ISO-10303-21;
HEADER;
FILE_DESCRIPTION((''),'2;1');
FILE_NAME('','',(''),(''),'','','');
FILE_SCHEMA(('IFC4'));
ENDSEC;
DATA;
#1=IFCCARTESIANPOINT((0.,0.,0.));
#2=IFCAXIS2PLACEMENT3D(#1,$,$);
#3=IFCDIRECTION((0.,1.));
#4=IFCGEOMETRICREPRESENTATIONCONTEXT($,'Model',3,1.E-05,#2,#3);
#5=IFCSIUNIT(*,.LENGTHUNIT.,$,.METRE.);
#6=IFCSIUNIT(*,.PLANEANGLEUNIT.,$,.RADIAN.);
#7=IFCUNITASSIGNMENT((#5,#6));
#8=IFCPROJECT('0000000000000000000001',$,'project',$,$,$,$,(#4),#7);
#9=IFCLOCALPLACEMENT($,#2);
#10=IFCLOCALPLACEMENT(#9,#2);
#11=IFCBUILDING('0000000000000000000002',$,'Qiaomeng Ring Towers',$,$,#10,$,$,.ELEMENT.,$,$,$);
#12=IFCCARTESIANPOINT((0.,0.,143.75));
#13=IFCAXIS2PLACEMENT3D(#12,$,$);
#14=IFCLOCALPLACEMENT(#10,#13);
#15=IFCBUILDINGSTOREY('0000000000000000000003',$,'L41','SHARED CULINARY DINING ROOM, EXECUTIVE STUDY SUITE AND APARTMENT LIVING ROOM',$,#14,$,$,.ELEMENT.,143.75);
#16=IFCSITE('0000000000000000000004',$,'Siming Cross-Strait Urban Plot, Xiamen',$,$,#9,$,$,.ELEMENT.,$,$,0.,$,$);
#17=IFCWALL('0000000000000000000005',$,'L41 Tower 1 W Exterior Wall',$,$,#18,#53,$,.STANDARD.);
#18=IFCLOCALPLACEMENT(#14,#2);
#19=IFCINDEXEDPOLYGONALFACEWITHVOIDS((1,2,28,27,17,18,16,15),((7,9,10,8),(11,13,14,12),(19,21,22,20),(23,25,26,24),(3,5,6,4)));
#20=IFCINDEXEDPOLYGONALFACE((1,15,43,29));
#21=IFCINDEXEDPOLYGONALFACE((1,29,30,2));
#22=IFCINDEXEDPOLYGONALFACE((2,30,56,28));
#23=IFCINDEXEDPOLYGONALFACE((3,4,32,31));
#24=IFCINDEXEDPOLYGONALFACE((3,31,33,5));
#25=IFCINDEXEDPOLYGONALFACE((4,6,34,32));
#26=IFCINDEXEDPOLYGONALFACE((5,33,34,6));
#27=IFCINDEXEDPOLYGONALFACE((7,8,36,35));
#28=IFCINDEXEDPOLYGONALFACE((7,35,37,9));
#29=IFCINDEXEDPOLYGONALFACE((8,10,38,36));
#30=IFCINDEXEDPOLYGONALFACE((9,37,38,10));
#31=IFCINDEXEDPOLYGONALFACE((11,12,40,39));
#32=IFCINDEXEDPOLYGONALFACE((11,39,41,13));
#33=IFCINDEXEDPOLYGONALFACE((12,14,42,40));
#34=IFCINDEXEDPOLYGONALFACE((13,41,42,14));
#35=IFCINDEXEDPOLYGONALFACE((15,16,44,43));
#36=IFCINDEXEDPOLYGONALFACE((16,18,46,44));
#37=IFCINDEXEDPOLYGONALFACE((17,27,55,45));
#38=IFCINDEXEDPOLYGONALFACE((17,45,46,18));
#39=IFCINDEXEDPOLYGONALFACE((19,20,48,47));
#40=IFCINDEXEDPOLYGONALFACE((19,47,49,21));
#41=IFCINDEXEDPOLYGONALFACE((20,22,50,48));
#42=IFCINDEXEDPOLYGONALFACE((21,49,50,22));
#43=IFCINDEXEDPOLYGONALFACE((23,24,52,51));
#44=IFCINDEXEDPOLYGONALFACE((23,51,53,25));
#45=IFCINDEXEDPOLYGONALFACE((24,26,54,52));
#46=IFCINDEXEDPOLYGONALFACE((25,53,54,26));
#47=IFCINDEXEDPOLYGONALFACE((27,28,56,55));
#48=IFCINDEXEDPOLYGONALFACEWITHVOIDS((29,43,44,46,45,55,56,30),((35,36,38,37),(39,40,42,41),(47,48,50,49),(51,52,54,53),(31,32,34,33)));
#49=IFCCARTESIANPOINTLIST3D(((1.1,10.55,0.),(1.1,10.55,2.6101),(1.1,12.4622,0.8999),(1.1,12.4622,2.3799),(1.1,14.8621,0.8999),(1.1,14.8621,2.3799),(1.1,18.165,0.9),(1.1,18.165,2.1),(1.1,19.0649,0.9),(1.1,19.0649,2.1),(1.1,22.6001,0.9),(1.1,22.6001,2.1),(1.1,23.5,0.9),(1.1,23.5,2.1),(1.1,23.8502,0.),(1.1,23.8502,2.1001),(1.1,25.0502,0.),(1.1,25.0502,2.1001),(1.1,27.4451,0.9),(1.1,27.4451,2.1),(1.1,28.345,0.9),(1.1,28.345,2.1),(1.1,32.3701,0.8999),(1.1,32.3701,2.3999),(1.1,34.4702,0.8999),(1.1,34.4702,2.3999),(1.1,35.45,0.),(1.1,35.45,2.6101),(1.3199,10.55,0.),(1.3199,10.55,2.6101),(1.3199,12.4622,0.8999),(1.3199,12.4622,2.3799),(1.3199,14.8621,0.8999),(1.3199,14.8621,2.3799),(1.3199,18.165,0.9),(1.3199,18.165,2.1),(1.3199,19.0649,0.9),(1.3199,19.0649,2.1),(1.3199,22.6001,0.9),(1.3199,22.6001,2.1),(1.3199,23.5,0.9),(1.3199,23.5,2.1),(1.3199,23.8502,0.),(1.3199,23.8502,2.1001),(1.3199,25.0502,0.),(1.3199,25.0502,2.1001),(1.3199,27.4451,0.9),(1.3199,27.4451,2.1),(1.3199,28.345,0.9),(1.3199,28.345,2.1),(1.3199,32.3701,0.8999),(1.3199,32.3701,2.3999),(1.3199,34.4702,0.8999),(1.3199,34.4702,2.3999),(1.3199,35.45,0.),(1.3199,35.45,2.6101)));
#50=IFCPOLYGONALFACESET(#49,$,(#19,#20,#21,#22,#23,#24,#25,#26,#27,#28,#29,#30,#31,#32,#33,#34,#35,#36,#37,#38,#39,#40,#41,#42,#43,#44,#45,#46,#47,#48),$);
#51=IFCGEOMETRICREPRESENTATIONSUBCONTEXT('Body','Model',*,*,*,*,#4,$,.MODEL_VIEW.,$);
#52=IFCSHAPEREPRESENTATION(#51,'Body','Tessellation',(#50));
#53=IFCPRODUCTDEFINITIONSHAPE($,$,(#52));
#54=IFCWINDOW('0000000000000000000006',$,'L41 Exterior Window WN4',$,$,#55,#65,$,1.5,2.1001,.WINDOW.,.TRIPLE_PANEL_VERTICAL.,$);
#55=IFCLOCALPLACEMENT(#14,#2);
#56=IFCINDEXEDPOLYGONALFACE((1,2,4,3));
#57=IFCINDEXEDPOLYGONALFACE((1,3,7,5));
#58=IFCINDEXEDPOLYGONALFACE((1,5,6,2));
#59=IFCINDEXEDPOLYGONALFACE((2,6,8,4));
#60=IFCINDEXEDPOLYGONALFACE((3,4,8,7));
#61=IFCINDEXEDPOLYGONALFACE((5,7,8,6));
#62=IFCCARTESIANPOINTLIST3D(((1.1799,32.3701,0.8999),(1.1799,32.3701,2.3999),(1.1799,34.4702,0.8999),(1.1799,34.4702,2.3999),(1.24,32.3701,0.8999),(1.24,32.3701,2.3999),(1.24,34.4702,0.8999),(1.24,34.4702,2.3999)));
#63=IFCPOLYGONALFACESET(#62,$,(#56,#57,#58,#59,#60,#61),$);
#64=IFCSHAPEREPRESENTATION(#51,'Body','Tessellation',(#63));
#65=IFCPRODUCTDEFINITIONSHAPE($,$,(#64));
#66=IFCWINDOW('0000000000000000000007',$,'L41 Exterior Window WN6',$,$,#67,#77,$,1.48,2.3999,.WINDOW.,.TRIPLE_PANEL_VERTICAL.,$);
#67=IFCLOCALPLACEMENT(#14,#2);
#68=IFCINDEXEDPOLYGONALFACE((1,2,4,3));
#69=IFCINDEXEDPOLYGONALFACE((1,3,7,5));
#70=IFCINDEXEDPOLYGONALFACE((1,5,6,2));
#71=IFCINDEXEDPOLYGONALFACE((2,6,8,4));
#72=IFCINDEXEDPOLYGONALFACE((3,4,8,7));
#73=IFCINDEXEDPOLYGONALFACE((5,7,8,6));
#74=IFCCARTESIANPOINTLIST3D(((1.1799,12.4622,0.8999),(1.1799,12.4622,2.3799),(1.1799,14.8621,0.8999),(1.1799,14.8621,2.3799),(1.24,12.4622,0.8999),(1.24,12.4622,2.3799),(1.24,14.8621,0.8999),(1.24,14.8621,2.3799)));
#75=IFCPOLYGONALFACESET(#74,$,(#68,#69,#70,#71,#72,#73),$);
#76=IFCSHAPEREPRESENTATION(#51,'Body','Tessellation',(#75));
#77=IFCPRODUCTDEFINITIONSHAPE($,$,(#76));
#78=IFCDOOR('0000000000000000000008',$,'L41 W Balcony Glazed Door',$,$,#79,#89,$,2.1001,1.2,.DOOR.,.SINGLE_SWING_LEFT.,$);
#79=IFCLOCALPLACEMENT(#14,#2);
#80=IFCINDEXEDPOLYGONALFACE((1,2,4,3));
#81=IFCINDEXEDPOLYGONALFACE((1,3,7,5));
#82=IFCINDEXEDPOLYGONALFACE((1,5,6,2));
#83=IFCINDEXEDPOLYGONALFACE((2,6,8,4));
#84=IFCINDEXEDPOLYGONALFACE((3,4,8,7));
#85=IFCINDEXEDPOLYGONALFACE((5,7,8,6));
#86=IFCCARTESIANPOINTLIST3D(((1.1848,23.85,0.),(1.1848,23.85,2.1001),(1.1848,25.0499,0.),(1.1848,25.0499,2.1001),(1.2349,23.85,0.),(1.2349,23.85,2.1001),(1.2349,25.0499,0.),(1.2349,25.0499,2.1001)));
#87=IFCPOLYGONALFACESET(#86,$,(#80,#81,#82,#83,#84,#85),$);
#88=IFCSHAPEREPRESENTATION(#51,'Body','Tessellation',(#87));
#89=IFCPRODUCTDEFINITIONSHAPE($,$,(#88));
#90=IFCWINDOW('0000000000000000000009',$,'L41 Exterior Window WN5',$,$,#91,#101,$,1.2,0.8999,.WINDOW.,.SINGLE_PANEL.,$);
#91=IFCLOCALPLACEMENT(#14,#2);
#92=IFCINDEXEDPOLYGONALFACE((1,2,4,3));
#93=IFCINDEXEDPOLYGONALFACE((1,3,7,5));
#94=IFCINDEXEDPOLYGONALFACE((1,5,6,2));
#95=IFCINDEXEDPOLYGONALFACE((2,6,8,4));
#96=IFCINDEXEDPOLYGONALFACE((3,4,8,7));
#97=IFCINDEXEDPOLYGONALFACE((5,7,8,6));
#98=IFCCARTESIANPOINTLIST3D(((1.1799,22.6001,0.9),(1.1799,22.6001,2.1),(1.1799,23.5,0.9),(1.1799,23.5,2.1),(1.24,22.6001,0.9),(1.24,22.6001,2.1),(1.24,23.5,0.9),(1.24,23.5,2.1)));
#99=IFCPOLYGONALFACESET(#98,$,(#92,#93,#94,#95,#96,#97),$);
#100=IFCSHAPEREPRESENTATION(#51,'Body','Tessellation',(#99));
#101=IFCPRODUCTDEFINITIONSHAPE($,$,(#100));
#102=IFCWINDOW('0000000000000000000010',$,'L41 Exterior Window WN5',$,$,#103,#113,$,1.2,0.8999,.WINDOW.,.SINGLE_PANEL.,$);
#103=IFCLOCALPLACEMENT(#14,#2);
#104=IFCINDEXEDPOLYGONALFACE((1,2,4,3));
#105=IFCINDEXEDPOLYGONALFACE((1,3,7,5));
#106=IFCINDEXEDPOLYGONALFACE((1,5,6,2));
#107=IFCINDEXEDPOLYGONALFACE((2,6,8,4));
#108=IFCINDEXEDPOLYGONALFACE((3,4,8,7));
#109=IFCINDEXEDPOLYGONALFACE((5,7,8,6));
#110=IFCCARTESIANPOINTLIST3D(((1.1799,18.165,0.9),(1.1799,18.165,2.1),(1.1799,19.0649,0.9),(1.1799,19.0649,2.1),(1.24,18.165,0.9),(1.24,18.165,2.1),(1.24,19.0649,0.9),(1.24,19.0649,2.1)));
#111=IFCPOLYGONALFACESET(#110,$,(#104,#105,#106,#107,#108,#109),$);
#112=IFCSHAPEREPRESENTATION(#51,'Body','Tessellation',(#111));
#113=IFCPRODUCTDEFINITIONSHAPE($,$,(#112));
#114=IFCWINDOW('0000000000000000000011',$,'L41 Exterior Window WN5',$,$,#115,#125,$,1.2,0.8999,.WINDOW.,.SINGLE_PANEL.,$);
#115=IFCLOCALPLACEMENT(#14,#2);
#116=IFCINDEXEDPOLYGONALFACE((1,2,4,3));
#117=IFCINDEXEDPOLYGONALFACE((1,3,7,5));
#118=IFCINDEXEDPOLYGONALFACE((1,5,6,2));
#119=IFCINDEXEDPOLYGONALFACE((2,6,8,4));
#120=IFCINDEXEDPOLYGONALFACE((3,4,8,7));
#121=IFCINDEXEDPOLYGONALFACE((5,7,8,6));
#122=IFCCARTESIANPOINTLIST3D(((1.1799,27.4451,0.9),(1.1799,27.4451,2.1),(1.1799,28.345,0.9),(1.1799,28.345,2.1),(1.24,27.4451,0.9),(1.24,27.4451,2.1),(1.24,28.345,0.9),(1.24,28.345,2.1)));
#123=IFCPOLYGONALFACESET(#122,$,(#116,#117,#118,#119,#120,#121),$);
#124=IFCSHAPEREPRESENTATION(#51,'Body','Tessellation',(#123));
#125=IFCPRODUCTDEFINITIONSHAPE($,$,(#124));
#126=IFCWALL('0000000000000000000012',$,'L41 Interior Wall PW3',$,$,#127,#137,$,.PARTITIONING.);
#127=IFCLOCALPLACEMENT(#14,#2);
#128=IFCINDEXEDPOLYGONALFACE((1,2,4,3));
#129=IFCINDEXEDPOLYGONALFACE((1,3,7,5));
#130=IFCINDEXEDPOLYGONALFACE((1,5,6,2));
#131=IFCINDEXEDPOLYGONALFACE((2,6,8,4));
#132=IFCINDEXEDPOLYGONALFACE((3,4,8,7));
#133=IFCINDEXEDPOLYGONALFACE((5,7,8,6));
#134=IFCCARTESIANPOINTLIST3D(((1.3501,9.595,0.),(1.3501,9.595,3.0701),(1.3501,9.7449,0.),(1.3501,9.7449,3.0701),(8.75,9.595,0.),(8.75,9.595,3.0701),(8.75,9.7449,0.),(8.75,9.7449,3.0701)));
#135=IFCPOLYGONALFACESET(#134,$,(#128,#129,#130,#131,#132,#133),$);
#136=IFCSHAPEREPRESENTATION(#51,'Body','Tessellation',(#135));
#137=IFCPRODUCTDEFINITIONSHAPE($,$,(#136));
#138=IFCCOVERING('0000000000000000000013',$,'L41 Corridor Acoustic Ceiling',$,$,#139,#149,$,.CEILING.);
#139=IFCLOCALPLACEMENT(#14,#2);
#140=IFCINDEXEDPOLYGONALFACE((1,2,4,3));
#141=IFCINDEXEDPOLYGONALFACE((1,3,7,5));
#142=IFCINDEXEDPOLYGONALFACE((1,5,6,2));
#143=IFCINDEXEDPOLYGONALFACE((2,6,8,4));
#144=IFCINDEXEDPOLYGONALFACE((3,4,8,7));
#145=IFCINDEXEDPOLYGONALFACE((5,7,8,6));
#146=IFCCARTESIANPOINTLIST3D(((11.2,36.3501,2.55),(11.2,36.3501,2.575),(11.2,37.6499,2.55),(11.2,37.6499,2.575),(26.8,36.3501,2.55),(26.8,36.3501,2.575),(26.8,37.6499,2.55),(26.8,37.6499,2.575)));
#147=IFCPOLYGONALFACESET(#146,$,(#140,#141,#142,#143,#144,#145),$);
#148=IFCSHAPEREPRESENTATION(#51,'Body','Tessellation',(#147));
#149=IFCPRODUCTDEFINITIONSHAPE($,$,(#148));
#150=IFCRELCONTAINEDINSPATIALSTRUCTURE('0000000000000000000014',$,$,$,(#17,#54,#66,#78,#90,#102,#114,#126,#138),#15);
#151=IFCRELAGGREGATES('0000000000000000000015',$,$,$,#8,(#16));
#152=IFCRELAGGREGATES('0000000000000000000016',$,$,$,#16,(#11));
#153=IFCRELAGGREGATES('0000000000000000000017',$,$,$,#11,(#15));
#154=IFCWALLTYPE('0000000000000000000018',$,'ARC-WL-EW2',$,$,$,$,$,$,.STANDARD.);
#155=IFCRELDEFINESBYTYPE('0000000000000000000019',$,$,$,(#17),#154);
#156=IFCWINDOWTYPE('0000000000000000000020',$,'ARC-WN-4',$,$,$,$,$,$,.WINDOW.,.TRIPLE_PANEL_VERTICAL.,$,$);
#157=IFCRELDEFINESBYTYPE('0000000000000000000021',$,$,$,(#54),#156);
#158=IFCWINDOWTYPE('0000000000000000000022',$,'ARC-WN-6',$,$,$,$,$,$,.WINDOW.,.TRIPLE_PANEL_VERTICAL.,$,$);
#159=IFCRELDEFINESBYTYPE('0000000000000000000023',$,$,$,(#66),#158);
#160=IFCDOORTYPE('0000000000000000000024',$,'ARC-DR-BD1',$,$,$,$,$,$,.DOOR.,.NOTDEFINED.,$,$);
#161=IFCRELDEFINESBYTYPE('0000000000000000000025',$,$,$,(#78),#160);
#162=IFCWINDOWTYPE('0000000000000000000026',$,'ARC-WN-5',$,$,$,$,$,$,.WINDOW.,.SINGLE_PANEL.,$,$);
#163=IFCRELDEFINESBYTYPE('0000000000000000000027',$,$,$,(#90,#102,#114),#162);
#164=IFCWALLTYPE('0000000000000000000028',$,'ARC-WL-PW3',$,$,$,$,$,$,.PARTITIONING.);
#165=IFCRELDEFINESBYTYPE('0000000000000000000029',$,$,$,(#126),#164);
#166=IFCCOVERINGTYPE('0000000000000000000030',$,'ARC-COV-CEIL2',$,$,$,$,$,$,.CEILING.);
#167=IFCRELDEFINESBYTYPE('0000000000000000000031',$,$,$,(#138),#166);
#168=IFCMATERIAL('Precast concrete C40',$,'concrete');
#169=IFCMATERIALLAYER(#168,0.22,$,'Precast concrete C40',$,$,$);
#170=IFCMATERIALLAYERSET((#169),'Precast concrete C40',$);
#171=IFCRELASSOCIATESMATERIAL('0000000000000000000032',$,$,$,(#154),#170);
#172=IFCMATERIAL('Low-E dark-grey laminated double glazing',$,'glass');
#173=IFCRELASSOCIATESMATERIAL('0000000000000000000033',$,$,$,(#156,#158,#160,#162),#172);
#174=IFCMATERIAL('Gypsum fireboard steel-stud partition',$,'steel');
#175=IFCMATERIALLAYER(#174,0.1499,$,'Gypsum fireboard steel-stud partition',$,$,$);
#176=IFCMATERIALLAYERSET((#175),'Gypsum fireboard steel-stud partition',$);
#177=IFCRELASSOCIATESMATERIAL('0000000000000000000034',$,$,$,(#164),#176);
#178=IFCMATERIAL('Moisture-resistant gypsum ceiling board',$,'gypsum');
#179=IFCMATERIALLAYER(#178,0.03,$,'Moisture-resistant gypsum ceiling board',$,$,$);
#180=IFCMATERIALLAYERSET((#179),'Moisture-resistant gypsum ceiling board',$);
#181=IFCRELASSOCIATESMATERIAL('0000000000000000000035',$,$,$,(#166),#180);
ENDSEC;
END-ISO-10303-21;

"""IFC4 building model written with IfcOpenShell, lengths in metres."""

from ifc_helpers import new_model, si_unit, direction, frame, frame_2d, origin, place, context, subcontext, project, spatial, polyline, rectangle, outline, extrude, source, transform, mapped, material, layer, layer_set, type_object, element, fill, save


model = new_model("IFC4")

# Units and contexts
model_context = context("Model", 3, precision=1e-05, world=origin(), true_north=direction((0.0, 1.0)))
body_context = subcontext(model_context, "Body", "Model", "MODEL_VIEW")
ifc_project = project(units=[si_unit("LENGTHUNIT", "METRE"), si_unit("PLANEANGLEUNIT", "RADIAN")], contexts=[model_context])

# Site, building, storey
site_placement = place(None, origin())
site = spatial("IfcSite", under=ifc_project, at=site_placement, Name="Siming Cross-Strait Urban Plot, Xiamen", CompositionType="ELEMENT", RefElevation=0.0)
building_placement = place(site_placement, origin())
building = spatial("IfcBuilding", under=site, at=building_placement, Name="Qiaomeng Ring Towers", CompositionType="ELEMENT")
storey_placement = place(building_placement, frame((0.0, 0.0, 143.75)))
storey = spatial("IfcBuildingStorey", under=building, at=storey_placement, Name="L41", Description="SHARED CULINARY DINING ROOM, EXECUTIVE STUDY SUITE AND APARTMENT LIVING ROOM", CompositionType="ELEMENT", Elevation=143.75)

# Shared definitions
ifc_material_1 = material(Name="Precast concrete C40", Category="concrete")

# Wall, openings, windows, door
ifc_layer_1 = layer(ifc_material_1, 0.22, Name="Precast concrete C40")
ifc_layer_set_1 = layer_set([ifc_layer_1], Name="Precast concrete C40")
wall_type_1 = type_object("IfcWallType", Name="ARC-WL-EW2", PredefinedType="STANDARD", material=ifc_layer_set_1)
wall_1_placement = place(storey_placement, frame((1.21, 10.55, 0.0), z_axis=(0.0, 0.0, 1.0), x_axis=(0.0, 1.0, 0.0)))
wall_1 = element("IfcWall", 1, at=wall_1_placement, inside=storey, type_object=wall_type_1, Name="L41 Tower 1 W Exterior Wall", PredefinedType="STANDARD", context=body_context, shape_type="SweptSolid", body=[
    extrude(rectangle(XDim=24.8999, YDim=0.22, at=frame_2d((12.45, 0.0))), origin(), (0.0, 0.0, 1.0), 2.6101),
])
opening_1_placement = place(wall_1_placement, frame((13.3, 0.0, 0.0)))
opening_1 = element("IfcOpeningElement", 2, at=opening_1_placement, cuts=wall_1, PredefinedType="OPENING", context=body_context, shape_type="SweptSolid", body=[
    extrude(rectangle(XDim=1.2, YDim=2.1001, at=frame_2d((0.6001, 1.05))), frame((0.0, 0.1199, 0.0), z_axis=(0.0, -1.0, 0.0), x_axis=(1.0, 0.0, 0.0)), (0.0, 0.0, 1.0), 0.24),
])
opening_2_placement = place(wall_1_placement, frame((1.9121, 0.0, 0.8999)))
opening_2 = element("IfcOpeningElement", 3, at=opening_2_placement, cuts=wall_1, PredefinedType="OPENING", context=body_context, shape_type="SweptSolid", body=[
    extrude(rectangle(XDim=2.3999, YDim=1.48, at=frame_2d((1.2, 0.74))), frame((0.0, 0.1199, 0.0), z_axis=(0.0, -1.0, 0.0), x_axis=(1.0, 0.0, 0.0)), (0.0, 0.0, 1.0), 0.24),
])
opening_3_placement = place(wall_1_placement, frame((21.8201, 0.0, 0.8999)))
opening_3 = element("IfcOpeningElement", 4, at=opening_3_placement, cuts=wall_1, PredefinedType="OPENING", context=body_context, shape_type="SweptSolid", body=[
    extrude(rectangle(XDim=2.1001, YDim=1.5, at=frame_2d((1.05, 0.75))), frame((0.0, 0.1199, 0.0), z_axis=(0.0, -1.0, 0.0), x_axis=(1.0, 0.0, 0.0)), (0.0, 0.0, 1.0), 0.24),
])
opening_4_placement = place(wall_1_placement, frame((12.05, 0.0, 0.8999)))
opening_4 = element("IfcOpeningElement", 5, at=opening_4_placement, cuts=wall_1, PredefinedType="OPENING", context=body_context, shape_type="SweptSolid", body=[
    extrude(rectangle(XDim=0.8999, YDim=1.2, at=frame_2d((0.45, 0.6001))), frame((0.0, 0.1199, 0.0), z_axis=(0.0, -1.0, 0.0), x_axis=(1.0, 0.0, 0.0)), (0.0, 0.0, 1.0), 0.24),
])
opening_5_placement = place(wall_1_placement, frame((7.615, 0.0, 0.8999)))
opening_5 = element("IfcOpeningElement", 6, at=opening_5_placement, cuts=wall_1, PredefinedType="OPENING", context=body_context, shape_type="SweptSolid", body=[
    extrude(rectangle(XDim=0.8999, YDim=1.2, at=frame_2d((0.45, 0.6001))), frame((0.0, 0.1199, 0.0), z_axis=(0.0, -1.0, 0.0), x_axis=(1.0, 0.0, 0.0)), (0.0, 0.0, 1.0), 0.24),
])
opening_6_placement = place(wall_1_placement, frame((16.895, 0.0, 0.8999)))
opening_6 = element("IfcOpeningElement", 7, at=opening_6_placement, cuts=wall_1, PredefinedType="OPENING", context=body_context, shape_type="SweptSolid", body=[
    extrude(rectangle(XDim=0.8999, YDim=1.2, at=frame_2d((0.45, 0.6001))), frame((0.0, 0.1199, 0.0), z_axis=(0.0, -1.0, 0.0), x_axis=(1.0, 0.0, 0.0)), (0.0, 0.0, 1.0), 0.24),
])
ifc_material_2 = material(Name="Low-E dark-grey laminated double glazing", Category="glass")
window_type_1 = type_object("IfcWindowType", Name="ARC-WN-4", PartitioningType="TRIPLE_PANEL_VERTICAL", PredefinedType="WINDOW", material=ifc_material_2)
shared_shape_1 = source(origin(), body_context, "Body", "SweptSolid", [
    extrude(rectangle(XDim=2.1001, YDim=1.5, at=frame_2d((1.05, 0.75))), frame((0.0, 0.03, 0.0), z_axis=(0.0, -1.0, 0.0), x_axis=(1.0, 0.0, 0.0)), (0.0, 0.0, 1.0), 0.0601),
])
window_1_placement = place(opening_3_placement, origin())
window_1 = element("IfcWindow", 8, at=window_1_placement, inside=storey, type_object=window_type_1, Name="L41 Exterior Window WN4", OverallHeight=1.5, OverallWidth=2.1001, PartitioningType="TRIPLE_PANEL_VERTICAL", PredefinedType="WINDOW", context=body_context, shape_type="MappedRepresentation", body=[
    mapped(shared_shape_1, transform((0.0, 0.0, 0.0), x_axis=(1.0, 0.0, 0.0), y_axis=(0.0, 1.0, 0.0), z_axis=(0.0, 0.0, 1.0), scale=1.0)),
])
fill(opening_3, window_1)
window_type_2 = type_object("IfcWindowType", Name="ARC-WN-6", PartitioningType="TRIPLE_PANEL_VERTICAL", PredefinedType="WINDOW", material=ifc_material_2)
shared_shape_2 = source(origin(), body_context, "Body", "SweptSolid", [
    extrude(rectangle(XDim=2.3999, YDim=1.48, at=frame_2d((1.2, 0.74))), frame((0.0, 0.03, 0.0), z_axis=(0.0, -1.0, 0.0), x_axis=(1.0, 0.0, 0.0)), (0.0, 0.0, 1.0), 0.0601),
])
window_2_placement = place(opening_2_placement, origin())
window_2 = element("IfcWindow", 9, at=window_2_placement, inside=storey, type_object=window_type_2, Name="L41 Exterior Window WN6", OverallHeight=1.48, OverallWidth=2.3999, PartitioningType="TRIPLE_PANEL_VERTICAL", PredefinedType="WINDOW", context=body_context, shape_type="MappedRepresentation", body=[
    mapped(shared_shape_2, transform((0.0, 0.0, 0.0), x_axis=(1.0, 0.0, 0.0), y_axis=(0.0, 1.0, 0.0), z_axis=(0.0, 0.0, 1.0), scale=1.0)),
])
fill(opening_2, window_2)
door_type = type_object("IfcDoorType", Name="ARC-DR-BD1", OperationType="NOTDEFINED", PredefinedType="DOOR", material=ifc_material_2)
shared_shape_3 = source(origin(), body_context, "Body", "SweptSolid", [
    extrude(rectangle(XDim=1.2, YDim=2.1001, at=frame_2d((0.6001, 1.05))), frame((0.0, 0.0249, 0.0), z_axis=(0.0, -1.0, 0.0), x_axis=(1.0, 0.0, 0.0)), (0.0, 0.0, 1.0), 0.05),
])
door_placement = place(opening_1_placement, frame((1.2, 0.0, 0.0), z_axis=(0.0, 0.0, 1.0), x_axis=(-1.0, 0.0, 0.0)))
door = element("IfcDoor", 10, at=door_placement, inside=storey, type_object=door_type, Name="L41 W Balcony Glazed Door", OperationType="SINGLE_SWING_LEFT", OverallHeight=2.1001, OverallWidth=1.2, PredefinedType="DOOR", context=body_context, shape_type="MappedRepresentation", body=[
    mapped(shared_shape_3, transform((0.0, 0.0, 0.0), x_axis=(1.0, 0.0, 0.0), y_axis=(0.0, 1.0, 0.0), z_axis=(0.0, 0.0, 1.0), scale=1.0)),
])
fill(opening_1, door)
window_type_3 = type_object("IfcWindowType", Name="ARC-WN-5", PartitioningType="SINGLE_PANEL", PredefinedType="WINDOW", material=ifc_material_2)
shared_shape_4 = source(origin(), body_context, "Body", "SweptSolid", [
    extrude(rectangle(XDim=0.8999, YDim=1.2, at=frame_2d((0.45, 0.6001))), frame((0.0, 0.03, 0.0), z_axis=(0.0, -1.0, 0.0), x_axis=(1.0, 0.0, 0.0)), (0.0, 0.0, 1.0), 0.0601),
])
window_3_placement = place(opening_4_placement, origin())
window_3 = element("IfcWindow", 11, at=window_3_placement, inside=storey, type_object=window_type_3, Name="L41 Exterior Window WN5", OverallHeight=1.2, OverallWidth=0.8999, PartitioningType="SINGLE_PANEL", PredefinedType="WINDOW", context=body_context, shape_type="MappedRepresentation", body=[
    mapped(shared_shape_4, transform((0.0, 0.0, 0.0), x_axis=(1.0, 0.0, 0.0), y_axis=(0.0, 1.0, 0.0), z_axis=(0.0, 0.0, 1.0), scale=1.0)),
])
fill(opening_4, window_3)
window_4_placement = place(opening_5_placement, origin())
window_4 = element("IfcWindow", 12, at=window_4_placement, inside=storey, type_object=window_type_3, Name="L41 Exterior Window WN5", OverallHeight=1.2, OverallWidth=0.8999, PartitioningType="SINGLE_PANEL", PredefinedType="WINDOW", context=body_context, shape_type="MappedRepresentation", body=[
    mapped(shared_shape_4, transform((0.0, 0.0, 0.0), x_axis=(1.0, 0.0, 0.0), y_axis=(0.0, 1.0, 0.0), z_axis=(0.0, 0.0, 1.0), scale=1.0)),
])
fill(opening_5, window_4)
window_5_placement = place(opening_6_placement, origin())
window_5 = element("IfcWindow", 13, at=window_5_placement, inside=storey, type_object=window_type_3, Name="L41 Exterior Window WN5", OverallHeight=1.2, OverallWidth=0.8999, PartitioningType="SINGLE_PANEL", PredefinedType="WINDOW", context=body_context, shape_type="MappedRepresentation", body=[
    mapped(shared_shape_4, transform((0.0, 0.0, 0.0), x_axis=(1.0, 0.0, 0.0), y_axis=(0.0, 1.0, 0.0), z_axis=(0.0, 0.0, 1.0), scale=1.0)),
])
fill(opening_6, window_5)

# Wall
ifc_material_3 = material(Name="Gypsum fireboard steel-stud partition", Category="steel")
ifc_layer_2 = layer(ifc_material_3, 0.1499, Name="Gypsum fireboard steel-stud partition")
ifc_layer_set_2 = layer_set([ifc_layer_2], Name="Gypsum fireboard steel-stud partition")
wall_type_2 = type_object("IfcWallType", Name="ARC-WL-PW3", PredefinedType="PARTITIONING", material=ifc_layer_set_2)
wall_2_placement = place(storey_placement, frame((1.3501, 9.6699, 0.0), z_axis=(0.0, 0.0, 1.0), x_axis=(1.0, 0.0, 0.0)))
element("IfcWall", 14, at=wall_2_placement, inside=storey, type_object=wall_type_2, Name="L41 Interior Wall PW3", PredefinedType="PARTITIONING", context=body_context, shape_type="SweptSolid", body=[
    extrude(rectangle(XDim=7.3999, YDim=0.1499, at=frame_2d((3.7, 0.0))), origin(), (0.0, 0.0, 1.0), 3.0701),
])

# Covering
ifc_material_4 = material(Name="Moisture-resistant gypsum ceiling board", Category="gypsum")
ifc_layer_3 = layer(ifc_material_4, 0.03, Name="Moisture-resistant gypsum ceiling board")
ifc_layer_set_3 = layer_set([ifc_layer_3], Name="Moisture-resistant gypsum ceiling board")
covering_type_1 = type_object("IfcCoveringType", Name="ARC-COV-CEIL2", PredefinedType="CEILING", material=ifc_layer_set_3)
covering_1_placement = place(storey_placement, frame((0.0, 0.0, 2.55)))
element("IfcCovering", 15, at=covering_1_placement, inside=storey, type_object=covering_type_1, Name="L41 Corridor Acoustic Ceiling", PredefinedType="CEILING", context=body_context, shape_type="SweptSolid", body=[
    extrude(outline(polyline([(11.2, 36.3501), (11.2, 37.6499), (26.8, 37.6499), (26.8, 36.3501), (11.2, 36.3501)])), origin(), (0.0, 0.0, 1.0), 0.0249),
])

save(model, "model.ifc")
